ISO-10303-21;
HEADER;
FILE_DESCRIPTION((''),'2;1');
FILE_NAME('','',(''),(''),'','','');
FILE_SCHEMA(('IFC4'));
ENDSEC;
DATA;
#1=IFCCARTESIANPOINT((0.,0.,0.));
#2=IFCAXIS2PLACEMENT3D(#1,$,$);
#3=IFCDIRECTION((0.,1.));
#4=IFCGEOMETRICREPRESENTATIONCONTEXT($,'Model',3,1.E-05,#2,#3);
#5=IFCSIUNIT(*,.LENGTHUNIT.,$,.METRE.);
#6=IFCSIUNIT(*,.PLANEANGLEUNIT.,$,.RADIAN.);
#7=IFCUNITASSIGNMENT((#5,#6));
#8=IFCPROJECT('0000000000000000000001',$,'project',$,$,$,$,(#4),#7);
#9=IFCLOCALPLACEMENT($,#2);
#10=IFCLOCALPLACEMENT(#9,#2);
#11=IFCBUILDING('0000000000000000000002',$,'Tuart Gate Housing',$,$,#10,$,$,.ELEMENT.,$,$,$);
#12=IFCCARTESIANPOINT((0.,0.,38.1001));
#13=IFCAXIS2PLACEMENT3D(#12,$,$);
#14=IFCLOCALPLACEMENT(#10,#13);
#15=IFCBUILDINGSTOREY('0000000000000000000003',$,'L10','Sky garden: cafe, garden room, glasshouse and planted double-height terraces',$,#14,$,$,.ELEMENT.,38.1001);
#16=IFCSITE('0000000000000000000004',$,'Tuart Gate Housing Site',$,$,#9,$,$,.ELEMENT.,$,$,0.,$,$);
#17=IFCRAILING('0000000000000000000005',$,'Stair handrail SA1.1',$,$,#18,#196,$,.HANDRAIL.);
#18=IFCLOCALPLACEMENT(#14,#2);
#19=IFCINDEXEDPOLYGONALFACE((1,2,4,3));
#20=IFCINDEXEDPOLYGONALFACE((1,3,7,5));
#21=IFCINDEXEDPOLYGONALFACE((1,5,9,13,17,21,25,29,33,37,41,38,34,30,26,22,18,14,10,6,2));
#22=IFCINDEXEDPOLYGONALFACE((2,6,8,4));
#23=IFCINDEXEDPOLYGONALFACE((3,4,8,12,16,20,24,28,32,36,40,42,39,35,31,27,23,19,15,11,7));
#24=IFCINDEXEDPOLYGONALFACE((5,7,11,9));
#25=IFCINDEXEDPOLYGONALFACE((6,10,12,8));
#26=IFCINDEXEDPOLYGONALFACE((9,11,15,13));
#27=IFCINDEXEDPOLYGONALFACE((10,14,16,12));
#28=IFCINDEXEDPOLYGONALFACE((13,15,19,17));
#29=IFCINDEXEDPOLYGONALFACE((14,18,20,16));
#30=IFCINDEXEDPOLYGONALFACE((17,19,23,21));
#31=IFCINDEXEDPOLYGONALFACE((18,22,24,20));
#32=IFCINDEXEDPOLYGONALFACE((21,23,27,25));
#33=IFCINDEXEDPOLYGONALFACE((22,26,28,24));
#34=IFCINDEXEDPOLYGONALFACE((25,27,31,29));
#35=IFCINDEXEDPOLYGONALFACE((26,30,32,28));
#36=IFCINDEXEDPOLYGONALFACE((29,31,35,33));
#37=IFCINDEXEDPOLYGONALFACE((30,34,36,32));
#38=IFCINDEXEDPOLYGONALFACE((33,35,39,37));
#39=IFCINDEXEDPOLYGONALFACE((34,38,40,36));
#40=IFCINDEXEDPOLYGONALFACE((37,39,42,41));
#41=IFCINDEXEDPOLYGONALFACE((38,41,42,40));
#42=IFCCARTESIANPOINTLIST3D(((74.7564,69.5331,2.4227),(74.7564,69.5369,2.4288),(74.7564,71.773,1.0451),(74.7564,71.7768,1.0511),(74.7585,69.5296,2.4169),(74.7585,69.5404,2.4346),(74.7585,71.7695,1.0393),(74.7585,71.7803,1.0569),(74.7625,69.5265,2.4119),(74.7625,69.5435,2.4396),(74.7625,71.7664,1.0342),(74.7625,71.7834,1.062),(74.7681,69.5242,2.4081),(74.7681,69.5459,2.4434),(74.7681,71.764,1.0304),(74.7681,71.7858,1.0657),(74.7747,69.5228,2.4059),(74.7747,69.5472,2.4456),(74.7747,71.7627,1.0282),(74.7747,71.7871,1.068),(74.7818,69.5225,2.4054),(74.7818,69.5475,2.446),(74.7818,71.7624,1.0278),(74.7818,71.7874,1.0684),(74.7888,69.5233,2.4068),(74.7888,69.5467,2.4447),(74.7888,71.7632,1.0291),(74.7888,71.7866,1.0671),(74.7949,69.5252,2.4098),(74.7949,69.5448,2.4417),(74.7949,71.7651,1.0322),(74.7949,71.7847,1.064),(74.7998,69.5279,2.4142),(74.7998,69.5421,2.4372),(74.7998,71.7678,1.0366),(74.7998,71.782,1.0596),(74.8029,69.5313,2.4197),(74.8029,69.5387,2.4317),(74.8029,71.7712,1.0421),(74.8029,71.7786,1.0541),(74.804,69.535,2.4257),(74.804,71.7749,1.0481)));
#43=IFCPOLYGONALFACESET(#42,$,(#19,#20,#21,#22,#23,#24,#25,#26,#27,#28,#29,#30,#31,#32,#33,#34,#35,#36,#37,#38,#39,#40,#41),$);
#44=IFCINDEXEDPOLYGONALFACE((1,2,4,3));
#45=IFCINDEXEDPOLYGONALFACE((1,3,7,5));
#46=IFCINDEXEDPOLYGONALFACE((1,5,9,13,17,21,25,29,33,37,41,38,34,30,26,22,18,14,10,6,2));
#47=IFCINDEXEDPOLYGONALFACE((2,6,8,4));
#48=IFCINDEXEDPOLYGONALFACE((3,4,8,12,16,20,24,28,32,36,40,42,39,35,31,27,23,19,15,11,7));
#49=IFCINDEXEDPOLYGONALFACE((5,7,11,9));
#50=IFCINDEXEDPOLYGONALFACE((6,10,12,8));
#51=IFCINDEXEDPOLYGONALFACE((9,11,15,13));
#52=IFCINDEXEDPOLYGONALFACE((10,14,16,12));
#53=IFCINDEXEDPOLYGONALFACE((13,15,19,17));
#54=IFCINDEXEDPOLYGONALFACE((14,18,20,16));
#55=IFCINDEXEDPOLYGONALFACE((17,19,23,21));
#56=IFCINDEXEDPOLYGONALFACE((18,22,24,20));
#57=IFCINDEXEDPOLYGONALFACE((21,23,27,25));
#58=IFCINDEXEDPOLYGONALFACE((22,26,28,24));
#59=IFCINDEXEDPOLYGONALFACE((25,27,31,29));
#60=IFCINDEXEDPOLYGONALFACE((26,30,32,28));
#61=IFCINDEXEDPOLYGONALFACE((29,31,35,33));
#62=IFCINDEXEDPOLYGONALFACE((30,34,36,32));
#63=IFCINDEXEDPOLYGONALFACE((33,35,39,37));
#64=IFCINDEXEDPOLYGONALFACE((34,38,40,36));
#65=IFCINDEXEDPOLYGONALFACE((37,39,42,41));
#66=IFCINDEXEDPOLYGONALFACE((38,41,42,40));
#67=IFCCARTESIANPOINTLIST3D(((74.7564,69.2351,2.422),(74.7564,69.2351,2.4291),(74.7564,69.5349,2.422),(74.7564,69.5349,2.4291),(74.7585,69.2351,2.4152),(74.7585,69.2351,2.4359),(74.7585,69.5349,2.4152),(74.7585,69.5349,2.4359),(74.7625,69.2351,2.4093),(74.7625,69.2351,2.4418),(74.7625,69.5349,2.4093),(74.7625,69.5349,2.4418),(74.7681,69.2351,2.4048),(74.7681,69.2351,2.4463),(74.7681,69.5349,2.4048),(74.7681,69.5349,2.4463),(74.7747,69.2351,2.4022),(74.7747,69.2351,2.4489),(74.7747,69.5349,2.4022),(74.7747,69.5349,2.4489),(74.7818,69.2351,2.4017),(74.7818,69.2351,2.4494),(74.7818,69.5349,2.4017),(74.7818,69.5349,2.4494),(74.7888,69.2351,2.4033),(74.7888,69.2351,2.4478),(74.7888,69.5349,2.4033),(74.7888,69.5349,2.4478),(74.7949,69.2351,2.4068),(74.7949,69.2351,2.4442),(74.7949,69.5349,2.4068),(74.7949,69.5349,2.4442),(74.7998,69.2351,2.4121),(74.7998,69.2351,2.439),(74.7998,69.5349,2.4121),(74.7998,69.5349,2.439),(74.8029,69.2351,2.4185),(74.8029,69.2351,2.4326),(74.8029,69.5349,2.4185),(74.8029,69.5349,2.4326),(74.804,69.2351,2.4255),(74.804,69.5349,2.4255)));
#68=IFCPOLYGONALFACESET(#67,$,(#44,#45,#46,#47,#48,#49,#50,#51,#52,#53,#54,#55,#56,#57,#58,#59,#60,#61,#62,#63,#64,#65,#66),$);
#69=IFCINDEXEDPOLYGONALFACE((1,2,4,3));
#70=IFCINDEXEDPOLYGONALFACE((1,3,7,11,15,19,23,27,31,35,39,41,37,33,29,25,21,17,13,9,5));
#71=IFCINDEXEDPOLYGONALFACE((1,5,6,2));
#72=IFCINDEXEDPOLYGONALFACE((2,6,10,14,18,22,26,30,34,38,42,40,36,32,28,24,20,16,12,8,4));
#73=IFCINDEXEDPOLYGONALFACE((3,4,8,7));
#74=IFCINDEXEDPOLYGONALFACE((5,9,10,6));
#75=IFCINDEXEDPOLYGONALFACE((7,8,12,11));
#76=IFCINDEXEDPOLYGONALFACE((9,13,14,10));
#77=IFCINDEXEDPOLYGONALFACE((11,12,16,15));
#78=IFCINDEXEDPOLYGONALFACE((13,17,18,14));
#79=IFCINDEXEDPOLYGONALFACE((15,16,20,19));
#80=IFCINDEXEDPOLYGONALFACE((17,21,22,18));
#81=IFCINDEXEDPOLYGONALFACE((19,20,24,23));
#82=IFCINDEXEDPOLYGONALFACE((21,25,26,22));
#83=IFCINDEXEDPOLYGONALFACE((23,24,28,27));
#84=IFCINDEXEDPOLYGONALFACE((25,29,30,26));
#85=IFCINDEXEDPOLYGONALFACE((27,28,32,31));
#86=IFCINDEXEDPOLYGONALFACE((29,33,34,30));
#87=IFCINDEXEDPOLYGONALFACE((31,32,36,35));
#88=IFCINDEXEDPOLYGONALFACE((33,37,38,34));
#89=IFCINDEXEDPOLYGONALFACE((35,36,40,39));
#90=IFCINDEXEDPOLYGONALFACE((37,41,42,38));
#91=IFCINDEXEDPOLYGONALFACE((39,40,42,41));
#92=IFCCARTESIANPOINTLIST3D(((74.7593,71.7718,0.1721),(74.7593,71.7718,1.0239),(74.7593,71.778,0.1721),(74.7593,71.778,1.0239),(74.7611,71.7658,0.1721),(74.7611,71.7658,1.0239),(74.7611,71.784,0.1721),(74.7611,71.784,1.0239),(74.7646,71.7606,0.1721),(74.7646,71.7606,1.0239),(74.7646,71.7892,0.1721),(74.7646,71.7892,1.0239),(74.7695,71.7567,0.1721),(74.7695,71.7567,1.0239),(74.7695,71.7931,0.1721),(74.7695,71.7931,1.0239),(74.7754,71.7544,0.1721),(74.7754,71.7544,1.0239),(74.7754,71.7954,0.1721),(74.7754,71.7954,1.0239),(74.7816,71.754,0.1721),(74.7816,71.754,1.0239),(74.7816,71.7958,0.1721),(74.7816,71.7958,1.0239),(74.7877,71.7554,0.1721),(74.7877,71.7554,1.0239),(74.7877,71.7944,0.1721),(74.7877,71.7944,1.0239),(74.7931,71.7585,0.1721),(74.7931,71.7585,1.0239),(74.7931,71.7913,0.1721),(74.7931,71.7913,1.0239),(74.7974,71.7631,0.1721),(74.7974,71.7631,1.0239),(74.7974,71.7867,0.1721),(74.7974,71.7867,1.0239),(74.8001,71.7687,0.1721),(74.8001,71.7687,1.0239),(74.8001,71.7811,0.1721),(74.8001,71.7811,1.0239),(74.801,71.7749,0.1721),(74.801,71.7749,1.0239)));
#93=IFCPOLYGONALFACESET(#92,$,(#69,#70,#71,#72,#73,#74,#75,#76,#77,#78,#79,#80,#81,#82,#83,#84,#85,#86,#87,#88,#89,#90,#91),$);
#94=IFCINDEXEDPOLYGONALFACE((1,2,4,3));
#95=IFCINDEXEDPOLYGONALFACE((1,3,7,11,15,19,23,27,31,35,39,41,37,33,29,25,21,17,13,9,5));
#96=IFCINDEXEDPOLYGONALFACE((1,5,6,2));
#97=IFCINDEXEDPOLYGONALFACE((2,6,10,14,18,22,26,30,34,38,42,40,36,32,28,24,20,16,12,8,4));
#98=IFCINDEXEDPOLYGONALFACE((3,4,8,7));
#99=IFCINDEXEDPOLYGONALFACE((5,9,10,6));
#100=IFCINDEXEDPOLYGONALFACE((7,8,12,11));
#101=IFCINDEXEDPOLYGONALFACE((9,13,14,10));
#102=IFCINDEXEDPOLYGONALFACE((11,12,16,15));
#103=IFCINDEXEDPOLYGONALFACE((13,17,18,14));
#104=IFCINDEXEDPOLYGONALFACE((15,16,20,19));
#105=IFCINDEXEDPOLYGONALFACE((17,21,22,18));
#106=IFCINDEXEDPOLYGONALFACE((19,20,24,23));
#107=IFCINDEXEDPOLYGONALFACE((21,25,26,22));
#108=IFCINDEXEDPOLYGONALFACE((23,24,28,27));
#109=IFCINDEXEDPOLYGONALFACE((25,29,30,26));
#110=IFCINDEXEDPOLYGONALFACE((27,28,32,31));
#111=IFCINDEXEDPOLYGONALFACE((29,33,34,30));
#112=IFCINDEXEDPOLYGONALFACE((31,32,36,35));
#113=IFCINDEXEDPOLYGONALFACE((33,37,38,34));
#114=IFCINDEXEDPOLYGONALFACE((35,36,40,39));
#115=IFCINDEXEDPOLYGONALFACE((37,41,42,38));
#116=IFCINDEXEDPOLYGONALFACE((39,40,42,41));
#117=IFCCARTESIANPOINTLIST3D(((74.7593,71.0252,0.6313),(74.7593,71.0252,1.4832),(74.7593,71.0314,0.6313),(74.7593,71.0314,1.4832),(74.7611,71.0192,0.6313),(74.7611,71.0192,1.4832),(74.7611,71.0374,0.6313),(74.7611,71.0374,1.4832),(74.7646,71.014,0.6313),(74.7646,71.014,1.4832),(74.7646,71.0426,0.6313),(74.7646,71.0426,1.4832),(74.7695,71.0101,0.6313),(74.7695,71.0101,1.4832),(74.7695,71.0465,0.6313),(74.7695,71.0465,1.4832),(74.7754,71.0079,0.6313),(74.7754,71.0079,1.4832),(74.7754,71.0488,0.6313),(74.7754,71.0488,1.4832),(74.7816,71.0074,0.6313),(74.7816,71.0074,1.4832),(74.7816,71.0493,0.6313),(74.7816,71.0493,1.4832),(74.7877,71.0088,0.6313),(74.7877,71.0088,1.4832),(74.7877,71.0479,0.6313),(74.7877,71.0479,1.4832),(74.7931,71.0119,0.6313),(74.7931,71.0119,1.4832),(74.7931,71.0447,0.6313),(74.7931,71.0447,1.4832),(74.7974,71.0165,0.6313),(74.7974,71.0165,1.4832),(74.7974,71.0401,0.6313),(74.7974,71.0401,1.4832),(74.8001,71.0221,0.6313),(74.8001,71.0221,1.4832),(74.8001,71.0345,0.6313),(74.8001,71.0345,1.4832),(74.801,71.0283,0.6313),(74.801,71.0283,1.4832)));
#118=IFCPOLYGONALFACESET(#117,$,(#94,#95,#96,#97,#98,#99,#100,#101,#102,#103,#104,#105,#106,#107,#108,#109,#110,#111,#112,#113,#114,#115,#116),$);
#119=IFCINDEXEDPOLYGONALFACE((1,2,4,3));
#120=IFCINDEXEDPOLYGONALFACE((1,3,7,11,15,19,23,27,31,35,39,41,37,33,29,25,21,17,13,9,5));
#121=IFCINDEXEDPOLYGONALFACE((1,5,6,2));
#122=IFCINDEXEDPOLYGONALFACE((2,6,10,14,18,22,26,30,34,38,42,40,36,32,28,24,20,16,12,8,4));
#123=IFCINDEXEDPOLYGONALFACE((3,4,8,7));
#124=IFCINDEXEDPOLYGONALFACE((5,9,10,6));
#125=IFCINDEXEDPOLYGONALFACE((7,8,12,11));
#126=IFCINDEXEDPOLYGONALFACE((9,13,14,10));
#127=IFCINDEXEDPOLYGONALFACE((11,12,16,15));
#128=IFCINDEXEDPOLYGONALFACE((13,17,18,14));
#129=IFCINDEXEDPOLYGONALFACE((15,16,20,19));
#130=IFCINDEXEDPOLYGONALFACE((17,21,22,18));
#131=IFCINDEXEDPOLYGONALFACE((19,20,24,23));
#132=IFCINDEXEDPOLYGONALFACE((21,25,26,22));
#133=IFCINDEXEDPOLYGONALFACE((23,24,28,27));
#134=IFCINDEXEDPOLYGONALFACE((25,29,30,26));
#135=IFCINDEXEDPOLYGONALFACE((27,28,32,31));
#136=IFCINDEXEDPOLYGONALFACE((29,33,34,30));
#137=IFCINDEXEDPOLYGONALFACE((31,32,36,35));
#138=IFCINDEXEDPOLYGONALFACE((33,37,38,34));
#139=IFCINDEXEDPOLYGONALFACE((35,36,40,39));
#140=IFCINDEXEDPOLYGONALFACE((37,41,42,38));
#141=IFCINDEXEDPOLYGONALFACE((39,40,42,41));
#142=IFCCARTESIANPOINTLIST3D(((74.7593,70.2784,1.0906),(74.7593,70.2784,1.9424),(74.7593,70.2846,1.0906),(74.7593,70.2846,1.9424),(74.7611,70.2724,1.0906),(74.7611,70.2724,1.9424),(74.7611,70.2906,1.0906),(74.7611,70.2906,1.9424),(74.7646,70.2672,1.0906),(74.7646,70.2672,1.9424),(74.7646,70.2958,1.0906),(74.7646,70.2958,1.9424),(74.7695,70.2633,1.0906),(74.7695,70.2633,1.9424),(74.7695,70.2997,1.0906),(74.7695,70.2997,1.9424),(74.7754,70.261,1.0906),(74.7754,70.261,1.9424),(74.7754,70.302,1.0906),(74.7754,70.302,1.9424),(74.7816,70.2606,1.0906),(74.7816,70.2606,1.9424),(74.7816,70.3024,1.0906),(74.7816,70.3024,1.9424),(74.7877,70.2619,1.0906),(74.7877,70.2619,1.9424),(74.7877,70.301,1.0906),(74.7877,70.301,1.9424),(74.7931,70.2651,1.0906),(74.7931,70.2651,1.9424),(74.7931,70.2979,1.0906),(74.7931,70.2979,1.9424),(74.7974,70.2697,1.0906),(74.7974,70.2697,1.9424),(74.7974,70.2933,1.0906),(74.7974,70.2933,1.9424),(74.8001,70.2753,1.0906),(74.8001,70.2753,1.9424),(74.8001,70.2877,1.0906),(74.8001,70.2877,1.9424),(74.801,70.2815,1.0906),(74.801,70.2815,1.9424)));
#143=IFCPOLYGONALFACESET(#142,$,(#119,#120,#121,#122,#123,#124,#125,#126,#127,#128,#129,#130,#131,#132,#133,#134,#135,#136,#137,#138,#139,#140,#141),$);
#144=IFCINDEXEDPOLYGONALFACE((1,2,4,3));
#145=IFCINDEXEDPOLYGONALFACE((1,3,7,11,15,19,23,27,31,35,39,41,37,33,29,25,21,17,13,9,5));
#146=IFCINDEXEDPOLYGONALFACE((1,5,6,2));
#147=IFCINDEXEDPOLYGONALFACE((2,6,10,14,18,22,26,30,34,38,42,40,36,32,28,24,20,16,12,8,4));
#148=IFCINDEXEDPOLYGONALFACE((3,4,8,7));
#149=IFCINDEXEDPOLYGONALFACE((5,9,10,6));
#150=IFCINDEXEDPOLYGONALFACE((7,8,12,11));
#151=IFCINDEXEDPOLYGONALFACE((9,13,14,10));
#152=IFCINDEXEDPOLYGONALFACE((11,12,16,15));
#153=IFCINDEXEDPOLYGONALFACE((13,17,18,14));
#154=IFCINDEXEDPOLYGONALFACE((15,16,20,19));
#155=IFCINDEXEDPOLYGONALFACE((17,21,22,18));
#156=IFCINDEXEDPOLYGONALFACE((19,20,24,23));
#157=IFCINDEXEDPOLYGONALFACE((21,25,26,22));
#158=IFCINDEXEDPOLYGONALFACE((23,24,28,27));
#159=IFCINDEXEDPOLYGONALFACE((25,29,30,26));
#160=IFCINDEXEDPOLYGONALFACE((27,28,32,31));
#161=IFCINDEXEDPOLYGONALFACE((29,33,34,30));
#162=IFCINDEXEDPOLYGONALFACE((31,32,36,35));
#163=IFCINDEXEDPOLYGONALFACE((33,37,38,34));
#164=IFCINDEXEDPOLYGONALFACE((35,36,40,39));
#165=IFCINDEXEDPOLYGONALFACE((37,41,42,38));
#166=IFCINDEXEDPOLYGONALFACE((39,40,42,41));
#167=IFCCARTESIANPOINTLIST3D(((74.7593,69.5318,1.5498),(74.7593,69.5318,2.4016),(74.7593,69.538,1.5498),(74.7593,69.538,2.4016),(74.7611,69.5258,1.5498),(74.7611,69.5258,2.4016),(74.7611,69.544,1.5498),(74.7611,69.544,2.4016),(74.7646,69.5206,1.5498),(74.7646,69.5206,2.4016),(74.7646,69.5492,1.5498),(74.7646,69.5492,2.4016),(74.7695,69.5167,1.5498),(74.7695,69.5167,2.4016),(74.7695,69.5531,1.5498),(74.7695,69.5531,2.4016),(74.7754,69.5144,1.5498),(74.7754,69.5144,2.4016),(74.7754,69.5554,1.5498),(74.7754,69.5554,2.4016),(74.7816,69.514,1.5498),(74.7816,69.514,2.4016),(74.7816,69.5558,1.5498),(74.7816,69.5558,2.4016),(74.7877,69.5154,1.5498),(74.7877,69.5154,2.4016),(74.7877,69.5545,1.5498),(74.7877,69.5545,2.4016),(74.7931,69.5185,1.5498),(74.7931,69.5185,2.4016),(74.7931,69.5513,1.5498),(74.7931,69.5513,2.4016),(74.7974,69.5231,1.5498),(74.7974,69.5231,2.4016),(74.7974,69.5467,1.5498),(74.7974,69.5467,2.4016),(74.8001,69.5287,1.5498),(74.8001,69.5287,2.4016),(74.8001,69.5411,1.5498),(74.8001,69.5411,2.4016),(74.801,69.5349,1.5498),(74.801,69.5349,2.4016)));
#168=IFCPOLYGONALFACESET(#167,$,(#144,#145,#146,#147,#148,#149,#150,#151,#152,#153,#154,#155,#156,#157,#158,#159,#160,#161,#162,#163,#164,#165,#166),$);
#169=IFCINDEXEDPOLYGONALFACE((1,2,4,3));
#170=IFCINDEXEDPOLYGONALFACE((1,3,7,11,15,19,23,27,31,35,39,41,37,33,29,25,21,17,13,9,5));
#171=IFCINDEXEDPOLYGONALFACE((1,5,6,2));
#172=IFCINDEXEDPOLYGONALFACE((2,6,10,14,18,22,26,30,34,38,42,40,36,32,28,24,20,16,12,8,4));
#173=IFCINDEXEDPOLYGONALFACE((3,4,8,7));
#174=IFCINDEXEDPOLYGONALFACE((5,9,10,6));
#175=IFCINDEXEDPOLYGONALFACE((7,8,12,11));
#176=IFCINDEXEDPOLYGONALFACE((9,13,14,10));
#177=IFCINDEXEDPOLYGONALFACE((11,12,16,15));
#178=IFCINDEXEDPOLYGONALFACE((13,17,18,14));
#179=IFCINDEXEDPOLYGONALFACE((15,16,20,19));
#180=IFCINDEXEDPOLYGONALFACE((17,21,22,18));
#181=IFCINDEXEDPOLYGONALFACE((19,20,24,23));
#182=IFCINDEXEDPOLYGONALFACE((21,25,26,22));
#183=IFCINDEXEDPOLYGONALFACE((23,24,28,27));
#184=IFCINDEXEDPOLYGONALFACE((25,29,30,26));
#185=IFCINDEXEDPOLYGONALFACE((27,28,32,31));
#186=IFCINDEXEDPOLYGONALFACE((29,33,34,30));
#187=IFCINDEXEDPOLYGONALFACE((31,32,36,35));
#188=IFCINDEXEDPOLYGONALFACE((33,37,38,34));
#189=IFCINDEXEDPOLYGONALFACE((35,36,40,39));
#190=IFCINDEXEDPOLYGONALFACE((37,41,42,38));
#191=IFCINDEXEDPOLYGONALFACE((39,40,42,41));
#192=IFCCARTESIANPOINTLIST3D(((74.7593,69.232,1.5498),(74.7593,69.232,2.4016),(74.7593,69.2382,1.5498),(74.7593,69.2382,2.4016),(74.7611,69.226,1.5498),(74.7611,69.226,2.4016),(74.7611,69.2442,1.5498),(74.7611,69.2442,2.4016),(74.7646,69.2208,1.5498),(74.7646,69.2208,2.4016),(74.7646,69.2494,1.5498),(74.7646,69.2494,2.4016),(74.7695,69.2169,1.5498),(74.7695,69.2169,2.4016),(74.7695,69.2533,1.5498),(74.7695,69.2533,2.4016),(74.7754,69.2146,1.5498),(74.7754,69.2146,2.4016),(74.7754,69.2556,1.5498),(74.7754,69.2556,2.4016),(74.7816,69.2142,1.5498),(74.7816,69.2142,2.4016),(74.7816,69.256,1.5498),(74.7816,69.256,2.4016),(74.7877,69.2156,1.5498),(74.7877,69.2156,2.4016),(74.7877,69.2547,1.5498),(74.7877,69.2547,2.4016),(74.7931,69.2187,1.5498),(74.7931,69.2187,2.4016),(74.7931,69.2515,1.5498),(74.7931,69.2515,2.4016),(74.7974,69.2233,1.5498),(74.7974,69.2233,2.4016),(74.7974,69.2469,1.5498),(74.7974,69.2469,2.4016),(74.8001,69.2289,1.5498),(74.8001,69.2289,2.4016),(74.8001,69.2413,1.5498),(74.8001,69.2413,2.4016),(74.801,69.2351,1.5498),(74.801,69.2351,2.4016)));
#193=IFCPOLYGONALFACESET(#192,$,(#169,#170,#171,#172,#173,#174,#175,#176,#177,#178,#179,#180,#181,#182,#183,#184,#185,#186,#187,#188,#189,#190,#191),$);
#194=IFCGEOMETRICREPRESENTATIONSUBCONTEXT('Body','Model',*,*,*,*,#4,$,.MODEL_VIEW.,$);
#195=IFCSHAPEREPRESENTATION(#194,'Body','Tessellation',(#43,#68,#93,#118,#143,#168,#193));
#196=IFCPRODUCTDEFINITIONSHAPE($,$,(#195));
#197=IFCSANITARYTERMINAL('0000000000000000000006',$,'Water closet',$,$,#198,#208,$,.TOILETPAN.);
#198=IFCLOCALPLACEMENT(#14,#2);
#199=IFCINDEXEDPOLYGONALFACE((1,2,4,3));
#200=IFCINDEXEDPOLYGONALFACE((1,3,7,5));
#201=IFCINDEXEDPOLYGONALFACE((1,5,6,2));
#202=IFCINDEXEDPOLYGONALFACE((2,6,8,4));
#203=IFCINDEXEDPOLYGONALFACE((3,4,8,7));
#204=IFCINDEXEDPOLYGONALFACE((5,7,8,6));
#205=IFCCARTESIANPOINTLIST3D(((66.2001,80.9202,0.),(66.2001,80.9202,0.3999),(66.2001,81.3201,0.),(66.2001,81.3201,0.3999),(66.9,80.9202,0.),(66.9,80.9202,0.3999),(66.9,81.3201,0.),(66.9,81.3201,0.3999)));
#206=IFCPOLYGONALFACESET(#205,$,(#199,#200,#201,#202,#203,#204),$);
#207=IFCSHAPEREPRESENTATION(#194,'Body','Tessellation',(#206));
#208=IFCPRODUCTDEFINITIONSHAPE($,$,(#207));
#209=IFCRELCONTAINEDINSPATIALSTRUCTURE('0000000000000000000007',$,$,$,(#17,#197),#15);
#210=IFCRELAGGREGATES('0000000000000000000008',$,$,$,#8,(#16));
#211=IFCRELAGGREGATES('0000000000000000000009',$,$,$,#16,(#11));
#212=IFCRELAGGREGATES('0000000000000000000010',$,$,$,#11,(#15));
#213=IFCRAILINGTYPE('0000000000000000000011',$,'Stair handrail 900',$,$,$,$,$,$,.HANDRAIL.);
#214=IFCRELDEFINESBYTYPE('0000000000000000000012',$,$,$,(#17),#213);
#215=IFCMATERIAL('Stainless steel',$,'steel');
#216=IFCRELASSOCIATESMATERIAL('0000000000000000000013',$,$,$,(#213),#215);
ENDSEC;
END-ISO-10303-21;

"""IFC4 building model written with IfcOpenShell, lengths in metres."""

from ifc_helpers import new_model, si_unit, direction, frame, origin, origin_2d, place, context, subcontext, project, spatial, rectangle, circle, extrude, material, type_object, element, save


model = new_model("IFC4")

# Units and contexts
model_context = context("Model", 3, precision=1e-05, world=origin(), true_north=direction((0.0, 1.0)))
body_context = subcontext(model_context, "Body", "Model", "MODEL_VIEW")
ifc_project = project(units=[si_unit("LENGTHUNIT", "METRE"), si_unit("PLANEANGLEUNIT", "RADIAN")], contexts=[model_context])

# Site, building, storey
site_placement = place(None, origin())
site = spatial("IfcSite", under=ifc_project, at=site_placement, Name="Tuart Gate Housing Site", CompositionType="ELEMENT", RefElevation=0.0)
building_placement = place(site_placement, origin())
building = spatial("IfcBuilding", under=site, at=building_placement, Name="Tuart Gate Housing", CompositionType="ELEMENT")
storey_placement = place(building_placement, frame((0.0, 0.0, 38.1001)))
storey = spatial("IfcBuildingStorey", under=building, at=storey_placement, Name="L10", Description="Sky garden: cafe, garden room, glasshouse and planted double-height terraces", CompositionType="ELEMENT", Elevation=38.1001)

# Railing
ifc_material_1 = material(Name="Stainless steel", Category="steel")
railing_type = type_object("IfcRailingType", Name="Stair handrail 900", PredefinedType="HANDRAIL", material=ifc_material_1)
railing_placement = place(storey_placement, frame((74.78, 71.7749, 0.1721)))
element("IfcRailing", 1, at=railing_placement, inside=storey, type_object=railing_type, Name="Stair handrail SA1.1", PredefinedType="HANDRAIL", context=body_context, shape_type="SweptSolid", body=[
    extrude(circle(Radius=0.0239, at=origin_2d()), frame((0.0, 0.0, 0.876), z_axis=(0.0, -0.851789, 0.523885), x_axis=(1.0, 0.0, 0.0)), (0.0, 0.0, 1.0), 2.6296),
    extrude(circle(Radius=0.0239, at=origin_2d()), frame((0.0, -2.24, 2.2534), z_axis=(0.0, -1.0, 0.0), x_axis=(1.0, 0.0, 0.0)), (0.0, 0.0, 1.0), 0.2998),
    extrude(circle(Radius=0.021, at=origin_2d()), origin(), (0.0, 0.0, 1.0), 0.8518),
    extrude(circle(Radius=0.021, at=origin_2d()), frame((0.0, -0.7466, 0.4592)), (0.0, 0.0, 1.0), 0.8518),
    extrude(circle(Radius=0.021, at=origin_2d()), frame((0.0, -1.4934, 0.9185)), (0.0, 0.0, 1.0), 0.8518),
    extrude(circle(Radius=0.021, at=origin_2d()), frame((0.0, -2.24, 1.3777)), (0.0, 0.0, 1.0), 0.8518),
    extrude(circle(Radius=0.021, at=origin_2d()), frame((0.0, -2.5398, 1.3777)), (0.0, 0.0, 1.0), 0.8518),
])

# Sanitary terminal
sanitary_terminal_1_placement = place(storey_placement, frame((66.55, 81.1201, 0.0), z_axis=(0.0, 0.0, 1.0), x_axis=(1.0, 0.0, 0.0)))
element("IfcSanitaryTerminal", 2, at=sanitary_terminal_1_placement, inside=storey, Name="Water closet", PredefinedType="TOILETPAN", context=body_context, shape_type="SweptSolid", body=[
    extrude(rectangle(XDim=0.7, YDim=0.3999, at=origin_2d()), origin(), (0.0, 0.0, 1.0), 0.3999),
])

save(model, "model.ifc")
